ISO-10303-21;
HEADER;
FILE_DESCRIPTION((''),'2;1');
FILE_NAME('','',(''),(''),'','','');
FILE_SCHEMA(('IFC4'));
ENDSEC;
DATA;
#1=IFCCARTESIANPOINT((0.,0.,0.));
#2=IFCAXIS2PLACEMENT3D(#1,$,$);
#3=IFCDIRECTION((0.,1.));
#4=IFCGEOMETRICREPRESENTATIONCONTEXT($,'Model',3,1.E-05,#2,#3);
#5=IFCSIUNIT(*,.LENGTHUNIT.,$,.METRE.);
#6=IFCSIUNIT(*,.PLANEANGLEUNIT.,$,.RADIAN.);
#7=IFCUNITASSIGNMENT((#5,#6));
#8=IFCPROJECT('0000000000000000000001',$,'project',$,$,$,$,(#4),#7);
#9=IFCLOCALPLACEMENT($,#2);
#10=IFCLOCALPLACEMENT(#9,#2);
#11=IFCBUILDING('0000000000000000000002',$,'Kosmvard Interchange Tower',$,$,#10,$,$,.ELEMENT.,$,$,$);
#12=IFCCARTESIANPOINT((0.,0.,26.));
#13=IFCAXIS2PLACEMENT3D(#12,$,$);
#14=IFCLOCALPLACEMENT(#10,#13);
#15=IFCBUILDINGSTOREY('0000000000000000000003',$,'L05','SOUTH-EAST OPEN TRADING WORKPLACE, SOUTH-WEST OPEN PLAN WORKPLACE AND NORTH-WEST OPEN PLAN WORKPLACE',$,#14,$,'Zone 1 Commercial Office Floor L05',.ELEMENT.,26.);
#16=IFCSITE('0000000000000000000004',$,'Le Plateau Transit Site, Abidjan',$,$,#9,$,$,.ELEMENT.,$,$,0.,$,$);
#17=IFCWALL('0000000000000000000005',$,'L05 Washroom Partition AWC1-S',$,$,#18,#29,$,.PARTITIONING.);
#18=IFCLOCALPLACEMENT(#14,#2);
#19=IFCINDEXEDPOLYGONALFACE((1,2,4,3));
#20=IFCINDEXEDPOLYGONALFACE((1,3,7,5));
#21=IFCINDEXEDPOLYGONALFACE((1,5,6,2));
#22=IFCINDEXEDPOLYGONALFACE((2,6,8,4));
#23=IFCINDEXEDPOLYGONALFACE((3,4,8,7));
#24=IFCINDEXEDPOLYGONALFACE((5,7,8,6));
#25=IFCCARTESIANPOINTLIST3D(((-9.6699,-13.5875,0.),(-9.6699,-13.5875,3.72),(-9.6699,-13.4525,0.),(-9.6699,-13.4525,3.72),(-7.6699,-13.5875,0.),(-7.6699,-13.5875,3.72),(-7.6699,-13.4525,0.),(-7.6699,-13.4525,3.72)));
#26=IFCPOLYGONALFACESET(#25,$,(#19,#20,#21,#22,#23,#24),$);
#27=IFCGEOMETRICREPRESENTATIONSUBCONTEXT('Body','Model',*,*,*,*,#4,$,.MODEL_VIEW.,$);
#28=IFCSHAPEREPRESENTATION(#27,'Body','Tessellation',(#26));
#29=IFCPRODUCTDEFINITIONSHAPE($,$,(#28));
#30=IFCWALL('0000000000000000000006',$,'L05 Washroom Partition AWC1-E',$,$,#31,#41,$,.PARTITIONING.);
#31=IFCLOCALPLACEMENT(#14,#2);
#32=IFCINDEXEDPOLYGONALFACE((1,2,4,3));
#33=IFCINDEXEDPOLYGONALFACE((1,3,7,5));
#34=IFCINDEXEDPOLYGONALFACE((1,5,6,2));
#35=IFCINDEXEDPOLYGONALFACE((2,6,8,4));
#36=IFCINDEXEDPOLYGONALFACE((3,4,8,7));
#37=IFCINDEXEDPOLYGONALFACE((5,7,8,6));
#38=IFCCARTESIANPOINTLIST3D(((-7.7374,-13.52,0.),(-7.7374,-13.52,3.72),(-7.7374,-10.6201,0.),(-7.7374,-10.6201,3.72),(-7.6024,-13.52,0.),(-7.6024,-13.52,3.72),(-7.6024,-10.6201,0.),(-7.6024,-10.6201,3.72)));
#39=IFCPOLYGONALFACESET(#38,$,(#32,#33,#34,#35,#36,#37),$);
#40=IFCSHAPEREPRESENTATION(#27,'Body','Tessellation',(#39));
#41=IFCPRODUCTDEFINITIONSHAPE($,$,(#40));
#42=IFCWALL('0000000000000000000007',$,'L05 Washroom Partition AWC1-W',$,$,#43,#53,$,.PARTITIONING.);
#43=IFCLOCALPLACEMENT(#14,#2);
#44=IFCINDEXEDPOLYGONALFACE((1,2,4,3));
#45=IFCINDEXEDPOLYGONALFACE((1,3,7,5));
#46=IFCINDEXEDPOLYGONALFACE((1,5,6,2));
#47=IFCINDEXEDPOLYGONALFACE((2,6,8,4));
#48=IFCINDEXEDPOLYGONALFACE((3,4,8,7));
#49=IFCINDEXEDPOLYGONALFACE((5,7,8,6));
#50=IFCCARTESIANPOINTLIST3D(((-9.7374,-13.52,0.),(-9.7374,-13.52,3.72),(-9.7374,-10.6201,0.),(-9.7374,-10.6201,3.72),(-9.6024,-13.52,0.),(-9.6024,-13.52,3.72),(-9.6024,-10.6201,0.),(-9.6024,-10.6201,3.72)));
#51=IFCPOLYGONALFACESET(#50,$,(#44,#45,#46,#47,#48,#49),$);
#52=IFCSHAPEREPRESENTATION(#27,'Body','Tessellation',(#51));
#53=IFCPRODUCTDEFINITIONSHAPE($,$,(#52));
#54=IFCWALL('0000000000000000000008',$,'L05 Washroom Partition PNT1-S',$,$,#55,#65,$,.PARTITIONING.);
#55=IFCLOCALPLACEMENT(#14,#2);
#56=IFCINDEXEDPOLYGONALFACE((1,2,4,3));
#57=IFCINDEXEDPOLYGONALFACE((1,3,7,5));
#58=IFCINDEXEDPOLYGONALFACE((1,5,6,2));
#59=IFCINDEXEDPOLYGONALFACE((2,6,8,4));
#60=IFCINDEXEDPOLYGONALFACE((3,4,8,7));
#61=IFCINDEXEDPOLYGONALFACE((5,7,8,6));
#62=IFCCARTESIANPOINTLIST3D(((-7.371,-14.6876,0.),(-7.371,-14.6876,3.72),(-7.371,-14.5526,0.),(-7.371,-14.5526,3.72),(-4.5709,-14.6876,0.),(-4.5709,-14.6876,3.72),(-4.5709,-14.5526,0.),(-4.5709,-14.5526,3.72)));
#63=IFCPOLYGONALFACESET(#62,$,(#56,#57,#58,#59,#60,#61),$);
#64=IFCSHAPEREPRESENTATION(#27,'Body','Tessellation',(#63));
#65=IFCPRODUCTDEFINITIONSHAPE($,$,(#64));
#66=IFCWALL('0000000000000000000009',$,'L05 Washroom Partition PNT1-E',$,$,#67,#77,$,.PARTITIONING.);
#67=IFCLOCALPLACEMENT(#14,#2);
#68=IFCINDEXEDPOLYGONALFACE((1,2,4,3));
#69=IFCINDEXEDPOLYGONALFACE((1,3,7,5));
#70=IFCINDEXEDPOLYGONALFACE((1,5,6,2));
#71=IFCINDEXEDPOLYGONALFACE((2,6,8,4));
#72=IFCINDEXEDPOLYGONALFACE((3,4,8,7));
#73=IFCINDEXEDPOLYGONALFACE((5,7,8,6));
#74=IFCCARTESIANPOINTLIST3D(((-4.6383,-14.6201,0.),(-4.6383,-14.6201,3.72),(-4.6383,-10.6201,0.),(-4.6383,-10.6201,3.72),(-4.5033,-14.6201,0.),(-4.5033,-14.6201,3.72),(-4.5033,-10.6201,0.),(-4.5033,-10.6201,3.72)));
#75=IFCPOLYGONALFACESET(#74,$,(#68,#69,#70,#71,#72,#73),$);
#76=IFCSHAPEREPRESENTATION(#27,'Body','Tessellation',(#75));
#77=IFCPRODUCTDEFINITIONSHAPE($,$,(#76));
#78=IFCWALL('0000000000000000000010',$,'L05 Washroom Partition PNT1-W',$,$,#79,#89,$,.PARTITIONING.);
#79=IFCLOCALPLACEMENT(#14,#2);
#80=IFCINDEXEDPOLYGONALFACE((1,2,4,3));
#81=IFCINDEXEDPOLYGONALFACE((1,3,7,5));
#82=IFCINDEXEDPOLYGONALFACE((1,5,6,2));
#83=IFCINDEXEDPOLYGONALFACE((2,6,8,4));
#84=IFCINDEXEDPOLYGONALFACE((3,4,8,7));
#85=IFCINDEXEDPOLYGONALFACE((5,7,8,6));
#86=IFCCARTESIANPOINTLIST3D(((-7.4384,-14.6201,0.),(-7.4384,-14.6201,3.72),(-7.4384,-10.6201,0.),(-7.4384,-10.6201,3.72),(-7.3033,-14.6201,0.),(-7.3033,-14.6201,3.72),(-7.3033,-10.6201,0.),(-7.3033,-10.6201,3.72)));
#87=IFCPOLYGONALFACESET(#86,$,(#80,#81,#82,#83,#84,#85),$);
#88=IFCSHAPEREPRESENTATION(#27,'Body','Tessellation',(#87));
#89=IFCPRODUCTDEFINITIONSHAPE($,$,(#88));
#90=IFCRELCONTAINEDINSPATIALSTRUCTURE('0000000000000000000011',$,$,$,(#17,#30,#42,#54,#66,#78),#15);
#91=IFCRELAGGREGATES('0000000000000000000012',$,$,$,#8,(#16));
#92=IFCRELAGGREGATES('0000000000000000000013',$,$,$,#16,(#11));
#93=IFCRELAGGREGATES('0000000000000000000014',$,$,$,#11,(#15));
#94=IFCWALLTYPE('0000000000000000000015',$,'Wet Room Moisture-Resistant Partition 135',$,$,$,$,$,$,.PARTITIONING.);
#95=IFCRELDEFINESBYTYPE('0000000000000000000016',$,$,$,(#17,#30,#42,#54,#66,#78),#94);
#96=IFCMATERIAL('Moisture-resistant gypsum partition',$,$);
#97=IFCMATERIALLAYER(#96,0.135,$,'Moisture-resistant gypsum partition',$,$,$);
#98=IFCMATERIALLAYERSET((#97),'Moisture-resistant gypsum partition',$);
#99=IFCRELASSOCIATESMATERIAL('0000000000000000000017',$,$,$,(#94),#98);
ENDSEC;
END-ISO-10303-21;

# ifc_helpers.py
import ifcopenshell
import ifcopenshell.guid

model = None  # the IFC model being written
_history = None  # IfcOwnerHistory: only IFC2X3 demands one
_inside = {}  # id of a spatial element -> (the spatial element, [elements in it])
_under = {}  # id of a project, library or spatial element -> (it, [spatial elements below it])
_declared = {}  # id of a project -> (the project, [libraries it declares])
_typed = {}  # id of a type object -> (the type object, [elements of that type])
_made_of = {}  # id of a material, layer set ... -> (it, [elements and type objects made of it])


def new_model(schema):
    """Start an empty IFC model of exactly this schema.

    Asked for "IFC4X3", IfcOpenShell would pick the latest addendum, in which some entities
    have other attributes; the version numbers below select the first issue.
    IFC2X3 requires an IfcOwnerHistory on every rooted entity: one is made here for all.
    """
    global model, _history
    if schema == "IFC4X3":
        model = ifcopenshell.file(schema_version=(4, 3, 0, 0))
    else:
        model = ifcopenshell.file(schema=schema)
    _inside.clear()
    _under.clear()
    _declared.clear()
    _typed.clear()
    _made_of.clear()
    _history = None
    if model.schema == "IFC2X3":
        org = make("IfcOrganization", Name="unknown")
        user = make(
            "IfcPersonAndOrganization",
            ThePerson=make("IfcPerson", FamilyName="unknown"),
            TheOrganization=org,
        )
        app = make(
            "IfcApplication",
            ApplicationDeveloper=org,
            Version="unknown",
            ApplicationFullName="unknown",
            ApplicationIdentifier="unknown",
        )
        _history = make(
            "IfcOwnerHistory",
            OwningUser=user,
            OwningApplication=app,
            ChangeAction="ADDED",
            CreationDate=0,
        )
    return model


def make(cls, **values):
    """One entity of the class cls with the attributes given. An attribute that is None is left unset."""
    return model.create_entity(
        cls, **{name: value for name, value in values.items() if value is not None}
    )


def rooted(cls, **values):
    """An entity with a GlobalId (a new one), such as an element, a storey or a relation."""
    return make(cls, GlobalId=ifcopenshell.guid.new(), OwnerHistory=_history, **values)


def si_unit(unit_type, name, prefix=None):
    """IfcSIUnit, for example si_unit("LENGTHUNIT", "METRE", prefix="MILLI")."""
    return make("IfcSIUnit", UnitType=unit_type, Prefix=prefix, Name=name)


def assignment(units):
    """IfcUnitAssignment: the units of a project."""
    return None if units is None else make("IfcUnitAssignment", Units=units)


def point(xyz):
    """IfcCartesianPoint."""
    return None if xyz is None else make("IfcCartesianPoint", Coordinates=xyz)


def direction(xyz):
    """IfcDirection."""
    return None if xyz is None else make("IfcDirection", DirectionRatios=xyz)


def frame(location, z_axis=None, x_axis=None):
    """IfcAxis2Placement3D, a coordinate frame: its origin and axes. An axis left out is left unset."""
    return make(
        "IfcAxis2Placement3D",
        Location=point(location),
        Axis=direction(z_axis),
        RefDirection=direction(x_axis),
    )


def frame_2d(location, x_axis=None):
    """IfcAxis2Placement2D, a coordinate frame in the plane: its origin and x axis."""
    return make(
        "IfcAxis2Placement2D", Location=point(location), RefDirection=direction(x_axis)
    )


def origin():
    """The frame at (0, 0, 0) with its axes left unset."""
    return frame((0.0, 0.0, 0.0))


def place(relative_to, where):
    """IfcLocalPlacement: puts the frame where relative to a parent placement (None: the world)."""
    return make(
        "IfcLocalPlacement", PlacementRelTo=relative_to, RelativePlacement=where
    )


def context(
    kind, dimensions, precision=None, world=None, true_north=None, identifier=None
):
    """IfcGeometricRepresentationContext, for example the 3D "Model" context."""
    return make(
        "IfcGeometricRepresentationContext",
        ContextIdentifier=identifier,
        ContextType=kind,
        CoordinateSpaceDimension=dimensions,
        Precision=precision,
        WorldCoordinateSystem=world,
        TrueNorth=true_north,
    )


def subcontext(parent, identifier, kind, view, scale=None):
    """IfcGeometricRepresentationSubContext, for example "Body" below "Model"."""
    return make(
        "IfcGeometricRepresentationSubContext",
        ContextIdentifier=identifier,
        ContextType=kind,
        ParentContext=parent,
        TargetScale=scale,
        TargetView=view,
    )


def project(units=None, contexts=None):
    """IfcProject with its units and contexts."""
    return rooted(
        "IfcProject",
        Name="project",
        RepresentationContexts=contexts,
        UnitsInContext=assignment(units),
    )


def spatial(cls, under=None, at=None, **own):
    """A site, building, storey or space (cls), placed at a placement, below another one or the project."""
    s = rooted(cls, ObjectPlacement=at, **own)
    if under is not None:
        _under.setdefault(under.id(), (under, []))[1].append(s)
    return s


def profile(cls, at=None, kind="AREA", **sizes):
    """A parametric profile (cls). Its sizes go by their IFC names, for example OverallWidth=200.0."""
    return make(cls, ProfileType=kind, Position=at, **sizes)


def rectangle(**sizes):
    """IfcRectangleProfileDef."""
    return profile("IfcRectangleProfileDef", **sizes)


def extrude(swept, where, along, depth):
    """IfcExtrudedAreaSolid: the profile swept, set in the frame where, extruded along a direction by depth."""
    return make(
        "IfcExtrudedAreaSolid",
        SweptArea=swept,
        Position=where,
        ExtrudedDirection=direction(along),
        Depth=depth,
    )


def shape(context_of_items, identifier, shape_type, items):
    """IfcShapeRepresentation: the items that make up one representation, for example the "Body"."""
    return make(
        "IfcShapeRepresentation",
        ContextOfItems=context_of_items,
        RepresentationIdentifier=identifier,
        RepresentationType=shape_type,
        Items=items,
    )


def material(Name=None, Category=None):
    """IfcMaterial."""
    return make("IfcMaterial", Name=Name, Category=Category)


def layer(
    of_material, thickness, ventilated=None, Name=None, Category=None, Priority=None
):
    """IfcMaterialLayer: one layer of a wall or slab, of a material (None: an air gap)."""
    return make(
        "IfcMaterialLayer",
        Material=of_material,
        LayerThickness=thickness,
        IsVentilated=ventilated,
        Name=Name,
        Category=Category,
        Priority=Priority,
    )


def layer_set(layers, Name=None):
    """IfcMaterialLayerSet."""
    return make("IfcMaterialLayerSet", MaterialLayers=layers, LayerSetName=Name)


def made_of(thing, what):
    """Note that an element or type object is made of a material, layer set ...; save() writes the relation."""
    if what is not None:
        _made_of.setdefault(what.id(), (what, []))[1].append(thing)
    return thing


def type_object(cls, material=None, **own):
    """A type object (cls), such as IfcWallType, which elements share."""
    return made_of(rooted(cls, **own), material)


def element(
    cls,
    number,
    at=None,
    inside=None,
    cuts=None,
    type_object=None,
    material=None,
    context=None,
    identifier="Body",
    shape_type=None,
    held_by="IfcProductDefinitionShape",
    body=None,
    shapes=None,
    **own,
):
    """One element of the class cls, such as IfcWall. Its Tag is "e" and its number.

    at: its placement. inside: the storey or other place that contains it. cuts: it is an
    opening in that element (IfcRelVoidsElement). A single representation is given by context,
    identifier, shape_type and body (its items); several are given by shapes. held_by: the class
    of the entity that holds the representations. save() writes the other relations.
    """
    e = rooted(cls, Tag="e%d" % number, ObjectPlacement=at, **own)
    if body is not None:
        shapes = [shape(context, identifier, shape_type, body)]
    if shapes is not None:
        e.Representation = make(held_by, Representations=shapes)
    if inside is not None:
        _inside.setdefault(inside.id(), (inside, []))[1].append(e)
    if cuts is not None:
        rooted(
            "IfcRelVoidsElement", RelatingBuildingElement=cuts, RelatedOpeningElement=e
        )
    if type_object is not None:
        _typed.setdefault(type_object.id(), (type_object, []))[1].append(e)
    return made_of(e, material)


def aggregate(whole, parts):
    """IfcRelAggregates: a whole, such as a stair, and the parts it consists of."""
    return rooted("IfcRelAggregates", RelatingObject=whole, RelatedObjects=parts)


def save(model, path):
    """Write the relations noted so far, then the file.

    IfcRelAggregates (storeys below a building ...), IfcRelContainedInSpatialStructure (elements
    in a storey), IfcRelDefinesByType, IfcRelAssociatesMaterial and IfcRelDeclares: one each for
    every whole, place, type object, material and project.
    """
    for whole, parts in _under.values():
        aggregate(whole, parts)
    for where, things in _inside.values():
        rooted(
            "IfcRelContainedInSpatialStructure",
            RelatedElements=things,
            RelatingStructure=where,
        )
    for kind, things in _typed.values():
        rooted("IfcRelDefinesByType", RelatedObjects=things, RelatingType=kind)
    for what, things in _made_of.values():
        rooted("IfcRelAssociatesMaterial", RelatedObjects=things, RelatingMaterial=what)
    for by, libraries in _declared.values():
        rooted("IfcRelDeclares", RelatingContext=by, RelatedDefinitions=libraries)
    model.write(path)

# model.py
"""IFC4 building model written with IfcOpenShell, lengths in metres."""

from ifc_helpers import new_model, si_unit, direction, frame, frame_2d, origin, place, context, subcontext, project, spatial, rectangle, extrude, material, layer, layer_set, type_object, element, save


model = new_model("IFC4")

# Units and contexts
model_context = context("Model", 3, precision=1e-05, world=origin(), true_north=direction((0.0, 1.0)))
body_context = subcontext(model_context, "Body", "Model", "MODEL_VIEW")
ifc_project = project(units=[si_unit("LENGTHUNIT", "METRE"), si_unit("PLANEANGLEUNIT", "RADIAN")], contexts=[model_context])

# Site, building, storey
site_placement = place(None, origin())
site = spatial("IfcSite", under=ifc_project, at=site_placement, Name="Le Plateau Transit Site, Abidjan", CompositionType="ELEMENT", RefElevation=0.0)
building_placement = place(site_placement, origin())
building = spatial("IfcBuilding", under=site, at=building_placement, Name="Kosmvard Interchange Tower", CompositionType="ELEMENT")
storey_placement = place(building_placement, frame((0.0, 0.0, 26.0)))
storey = spatial("IfcBuildingStorey", under=building, at=storey_placement, Name="L05", Description="SOUTH-EAST OPEN TRADING WORKPLACE, SOUTH-WEST OPEN PLAN WORKPLACE AND NORTH-WEST OPEN PLAN WORKPLACE", LongName="Zone 1 Commercial Office Floor L05", CompositionType="ELEMENT", Elevation=26.0)

# Walls
ifc_material_1 = material(Name="Moisture-resistant gypsum partition")
ifc_layer_1 = layer(ifc_material_1, 0.135, Name="Moisture-resistant gypsum partition")
ifc_layer_set_1 = layer_set([ifc_layer_1], Name="Moisture-resistant gypsum partition")
wall_type_1 = type_object("IfcWallType", Name="Wet Room Moisture-Resistant Partition 135", PredefinedType="PARTITIONING", material=ifc_layer_set_1)
wall_1_placement = place(storey_placement, frame((-9.6699, -13.52, 0.0), z_axis=(0.0, 0.0, 1.0), x_axis=(1.0, 0.0, 0.0)))
element("IfcWall", 1, at=wall_1_placement, inside=storey, type_object=wall_type_1, Name="L05 Washroom Partition AWC1-S", PredefinedType="PARTITIONING", context=body_context, shape_type="SweptSolid", body=[
    extrude(rectangle(XDim=2.0, YDim=0.135, at=frame_2d((1.0, 0.0))), origin(), (0.0, 0.0, 1.0), 3.72),
])
for number, where, z_axis, x_axis, name in (
    (2, (-7.6699, -13.52, 0.0), (0.0, 0.0, 1.0), (0.0, 1.0, 0.0), "L05 Washroom Partition AWC1-E"),
    (3, (-9.6699, -13.52, 0.0), (0.0, 0.0, 1.0), (0.0, 1.0, 0.0), "L05 Washroom Partition AWC1-W"),
):
    element("IfcWall", number, at=place(storey_placement, frame(where, z_axis=z_axis, x_axis=x_axis)), inside=storey, type_object=wall_type_1, Name=name, PredefinedType="PARTITIONING", context=body_context, shape_type="SweptSolid", body=[
        extrude(rectangle(XDim=2.8999, YDim=0.135, at=frame_2d((1.45, 0.0))), origin(), (0.0, 0.0, 1.0), 3.72),
    ])
wall_2_placement = place(storey_placement, frame((-7.3708, -14.6201, 0.0), z_axis=(0.0, 0.0, 1.0), x_axis=(1.0, 0.0, 0.0)))
element("IfcWall", 4, at=wall_2_placement, inside=storey, type_object=wall_type_1, Name="L05 Washroom Partition PNT1-S", PredefinedType="PARTITIONING", context=body_context, shape_type="SweptSolid", body=[
    extrude(rectangle(XDim=2.8, YDim=0.135, at=frame_2d((1.3999, 0.0))), origin(), (0.0, 0.0, 1.0), 3.72),
])
for number, where, z_axis, x_axis, name in (
    (5, (-4.5708, -14.6201, 0.0), (0.0, 0.0, 1.0), (0.0, 1.0, 0.0), "L05 Washroom Partition PNT1-E"),
    (6, (-7.3708, -14.6201, 0.0), (0.0, 0.0, 1.0), (0.0, 1.0, 0.0), "L05 Washroom Partition PNT1-W"),
):
    element("IfcWall", number, at=place(storey_placement, frame(where, z_axis=z_axis, x_axis=x_axis)), inside=storey, type_object=wall_type_1, Name=name, PredefinedType="PARTITIONING", context=body_context, shape_type="SweptSolid", body=[
        extrude(rectangle(XDim=4.0, YDim=0.135, at=frame_2d((2.0, 0.0))), origin(), (0.0, 0.0, 1.0), 3.72),
    ])

save(model, "model.ifc")
